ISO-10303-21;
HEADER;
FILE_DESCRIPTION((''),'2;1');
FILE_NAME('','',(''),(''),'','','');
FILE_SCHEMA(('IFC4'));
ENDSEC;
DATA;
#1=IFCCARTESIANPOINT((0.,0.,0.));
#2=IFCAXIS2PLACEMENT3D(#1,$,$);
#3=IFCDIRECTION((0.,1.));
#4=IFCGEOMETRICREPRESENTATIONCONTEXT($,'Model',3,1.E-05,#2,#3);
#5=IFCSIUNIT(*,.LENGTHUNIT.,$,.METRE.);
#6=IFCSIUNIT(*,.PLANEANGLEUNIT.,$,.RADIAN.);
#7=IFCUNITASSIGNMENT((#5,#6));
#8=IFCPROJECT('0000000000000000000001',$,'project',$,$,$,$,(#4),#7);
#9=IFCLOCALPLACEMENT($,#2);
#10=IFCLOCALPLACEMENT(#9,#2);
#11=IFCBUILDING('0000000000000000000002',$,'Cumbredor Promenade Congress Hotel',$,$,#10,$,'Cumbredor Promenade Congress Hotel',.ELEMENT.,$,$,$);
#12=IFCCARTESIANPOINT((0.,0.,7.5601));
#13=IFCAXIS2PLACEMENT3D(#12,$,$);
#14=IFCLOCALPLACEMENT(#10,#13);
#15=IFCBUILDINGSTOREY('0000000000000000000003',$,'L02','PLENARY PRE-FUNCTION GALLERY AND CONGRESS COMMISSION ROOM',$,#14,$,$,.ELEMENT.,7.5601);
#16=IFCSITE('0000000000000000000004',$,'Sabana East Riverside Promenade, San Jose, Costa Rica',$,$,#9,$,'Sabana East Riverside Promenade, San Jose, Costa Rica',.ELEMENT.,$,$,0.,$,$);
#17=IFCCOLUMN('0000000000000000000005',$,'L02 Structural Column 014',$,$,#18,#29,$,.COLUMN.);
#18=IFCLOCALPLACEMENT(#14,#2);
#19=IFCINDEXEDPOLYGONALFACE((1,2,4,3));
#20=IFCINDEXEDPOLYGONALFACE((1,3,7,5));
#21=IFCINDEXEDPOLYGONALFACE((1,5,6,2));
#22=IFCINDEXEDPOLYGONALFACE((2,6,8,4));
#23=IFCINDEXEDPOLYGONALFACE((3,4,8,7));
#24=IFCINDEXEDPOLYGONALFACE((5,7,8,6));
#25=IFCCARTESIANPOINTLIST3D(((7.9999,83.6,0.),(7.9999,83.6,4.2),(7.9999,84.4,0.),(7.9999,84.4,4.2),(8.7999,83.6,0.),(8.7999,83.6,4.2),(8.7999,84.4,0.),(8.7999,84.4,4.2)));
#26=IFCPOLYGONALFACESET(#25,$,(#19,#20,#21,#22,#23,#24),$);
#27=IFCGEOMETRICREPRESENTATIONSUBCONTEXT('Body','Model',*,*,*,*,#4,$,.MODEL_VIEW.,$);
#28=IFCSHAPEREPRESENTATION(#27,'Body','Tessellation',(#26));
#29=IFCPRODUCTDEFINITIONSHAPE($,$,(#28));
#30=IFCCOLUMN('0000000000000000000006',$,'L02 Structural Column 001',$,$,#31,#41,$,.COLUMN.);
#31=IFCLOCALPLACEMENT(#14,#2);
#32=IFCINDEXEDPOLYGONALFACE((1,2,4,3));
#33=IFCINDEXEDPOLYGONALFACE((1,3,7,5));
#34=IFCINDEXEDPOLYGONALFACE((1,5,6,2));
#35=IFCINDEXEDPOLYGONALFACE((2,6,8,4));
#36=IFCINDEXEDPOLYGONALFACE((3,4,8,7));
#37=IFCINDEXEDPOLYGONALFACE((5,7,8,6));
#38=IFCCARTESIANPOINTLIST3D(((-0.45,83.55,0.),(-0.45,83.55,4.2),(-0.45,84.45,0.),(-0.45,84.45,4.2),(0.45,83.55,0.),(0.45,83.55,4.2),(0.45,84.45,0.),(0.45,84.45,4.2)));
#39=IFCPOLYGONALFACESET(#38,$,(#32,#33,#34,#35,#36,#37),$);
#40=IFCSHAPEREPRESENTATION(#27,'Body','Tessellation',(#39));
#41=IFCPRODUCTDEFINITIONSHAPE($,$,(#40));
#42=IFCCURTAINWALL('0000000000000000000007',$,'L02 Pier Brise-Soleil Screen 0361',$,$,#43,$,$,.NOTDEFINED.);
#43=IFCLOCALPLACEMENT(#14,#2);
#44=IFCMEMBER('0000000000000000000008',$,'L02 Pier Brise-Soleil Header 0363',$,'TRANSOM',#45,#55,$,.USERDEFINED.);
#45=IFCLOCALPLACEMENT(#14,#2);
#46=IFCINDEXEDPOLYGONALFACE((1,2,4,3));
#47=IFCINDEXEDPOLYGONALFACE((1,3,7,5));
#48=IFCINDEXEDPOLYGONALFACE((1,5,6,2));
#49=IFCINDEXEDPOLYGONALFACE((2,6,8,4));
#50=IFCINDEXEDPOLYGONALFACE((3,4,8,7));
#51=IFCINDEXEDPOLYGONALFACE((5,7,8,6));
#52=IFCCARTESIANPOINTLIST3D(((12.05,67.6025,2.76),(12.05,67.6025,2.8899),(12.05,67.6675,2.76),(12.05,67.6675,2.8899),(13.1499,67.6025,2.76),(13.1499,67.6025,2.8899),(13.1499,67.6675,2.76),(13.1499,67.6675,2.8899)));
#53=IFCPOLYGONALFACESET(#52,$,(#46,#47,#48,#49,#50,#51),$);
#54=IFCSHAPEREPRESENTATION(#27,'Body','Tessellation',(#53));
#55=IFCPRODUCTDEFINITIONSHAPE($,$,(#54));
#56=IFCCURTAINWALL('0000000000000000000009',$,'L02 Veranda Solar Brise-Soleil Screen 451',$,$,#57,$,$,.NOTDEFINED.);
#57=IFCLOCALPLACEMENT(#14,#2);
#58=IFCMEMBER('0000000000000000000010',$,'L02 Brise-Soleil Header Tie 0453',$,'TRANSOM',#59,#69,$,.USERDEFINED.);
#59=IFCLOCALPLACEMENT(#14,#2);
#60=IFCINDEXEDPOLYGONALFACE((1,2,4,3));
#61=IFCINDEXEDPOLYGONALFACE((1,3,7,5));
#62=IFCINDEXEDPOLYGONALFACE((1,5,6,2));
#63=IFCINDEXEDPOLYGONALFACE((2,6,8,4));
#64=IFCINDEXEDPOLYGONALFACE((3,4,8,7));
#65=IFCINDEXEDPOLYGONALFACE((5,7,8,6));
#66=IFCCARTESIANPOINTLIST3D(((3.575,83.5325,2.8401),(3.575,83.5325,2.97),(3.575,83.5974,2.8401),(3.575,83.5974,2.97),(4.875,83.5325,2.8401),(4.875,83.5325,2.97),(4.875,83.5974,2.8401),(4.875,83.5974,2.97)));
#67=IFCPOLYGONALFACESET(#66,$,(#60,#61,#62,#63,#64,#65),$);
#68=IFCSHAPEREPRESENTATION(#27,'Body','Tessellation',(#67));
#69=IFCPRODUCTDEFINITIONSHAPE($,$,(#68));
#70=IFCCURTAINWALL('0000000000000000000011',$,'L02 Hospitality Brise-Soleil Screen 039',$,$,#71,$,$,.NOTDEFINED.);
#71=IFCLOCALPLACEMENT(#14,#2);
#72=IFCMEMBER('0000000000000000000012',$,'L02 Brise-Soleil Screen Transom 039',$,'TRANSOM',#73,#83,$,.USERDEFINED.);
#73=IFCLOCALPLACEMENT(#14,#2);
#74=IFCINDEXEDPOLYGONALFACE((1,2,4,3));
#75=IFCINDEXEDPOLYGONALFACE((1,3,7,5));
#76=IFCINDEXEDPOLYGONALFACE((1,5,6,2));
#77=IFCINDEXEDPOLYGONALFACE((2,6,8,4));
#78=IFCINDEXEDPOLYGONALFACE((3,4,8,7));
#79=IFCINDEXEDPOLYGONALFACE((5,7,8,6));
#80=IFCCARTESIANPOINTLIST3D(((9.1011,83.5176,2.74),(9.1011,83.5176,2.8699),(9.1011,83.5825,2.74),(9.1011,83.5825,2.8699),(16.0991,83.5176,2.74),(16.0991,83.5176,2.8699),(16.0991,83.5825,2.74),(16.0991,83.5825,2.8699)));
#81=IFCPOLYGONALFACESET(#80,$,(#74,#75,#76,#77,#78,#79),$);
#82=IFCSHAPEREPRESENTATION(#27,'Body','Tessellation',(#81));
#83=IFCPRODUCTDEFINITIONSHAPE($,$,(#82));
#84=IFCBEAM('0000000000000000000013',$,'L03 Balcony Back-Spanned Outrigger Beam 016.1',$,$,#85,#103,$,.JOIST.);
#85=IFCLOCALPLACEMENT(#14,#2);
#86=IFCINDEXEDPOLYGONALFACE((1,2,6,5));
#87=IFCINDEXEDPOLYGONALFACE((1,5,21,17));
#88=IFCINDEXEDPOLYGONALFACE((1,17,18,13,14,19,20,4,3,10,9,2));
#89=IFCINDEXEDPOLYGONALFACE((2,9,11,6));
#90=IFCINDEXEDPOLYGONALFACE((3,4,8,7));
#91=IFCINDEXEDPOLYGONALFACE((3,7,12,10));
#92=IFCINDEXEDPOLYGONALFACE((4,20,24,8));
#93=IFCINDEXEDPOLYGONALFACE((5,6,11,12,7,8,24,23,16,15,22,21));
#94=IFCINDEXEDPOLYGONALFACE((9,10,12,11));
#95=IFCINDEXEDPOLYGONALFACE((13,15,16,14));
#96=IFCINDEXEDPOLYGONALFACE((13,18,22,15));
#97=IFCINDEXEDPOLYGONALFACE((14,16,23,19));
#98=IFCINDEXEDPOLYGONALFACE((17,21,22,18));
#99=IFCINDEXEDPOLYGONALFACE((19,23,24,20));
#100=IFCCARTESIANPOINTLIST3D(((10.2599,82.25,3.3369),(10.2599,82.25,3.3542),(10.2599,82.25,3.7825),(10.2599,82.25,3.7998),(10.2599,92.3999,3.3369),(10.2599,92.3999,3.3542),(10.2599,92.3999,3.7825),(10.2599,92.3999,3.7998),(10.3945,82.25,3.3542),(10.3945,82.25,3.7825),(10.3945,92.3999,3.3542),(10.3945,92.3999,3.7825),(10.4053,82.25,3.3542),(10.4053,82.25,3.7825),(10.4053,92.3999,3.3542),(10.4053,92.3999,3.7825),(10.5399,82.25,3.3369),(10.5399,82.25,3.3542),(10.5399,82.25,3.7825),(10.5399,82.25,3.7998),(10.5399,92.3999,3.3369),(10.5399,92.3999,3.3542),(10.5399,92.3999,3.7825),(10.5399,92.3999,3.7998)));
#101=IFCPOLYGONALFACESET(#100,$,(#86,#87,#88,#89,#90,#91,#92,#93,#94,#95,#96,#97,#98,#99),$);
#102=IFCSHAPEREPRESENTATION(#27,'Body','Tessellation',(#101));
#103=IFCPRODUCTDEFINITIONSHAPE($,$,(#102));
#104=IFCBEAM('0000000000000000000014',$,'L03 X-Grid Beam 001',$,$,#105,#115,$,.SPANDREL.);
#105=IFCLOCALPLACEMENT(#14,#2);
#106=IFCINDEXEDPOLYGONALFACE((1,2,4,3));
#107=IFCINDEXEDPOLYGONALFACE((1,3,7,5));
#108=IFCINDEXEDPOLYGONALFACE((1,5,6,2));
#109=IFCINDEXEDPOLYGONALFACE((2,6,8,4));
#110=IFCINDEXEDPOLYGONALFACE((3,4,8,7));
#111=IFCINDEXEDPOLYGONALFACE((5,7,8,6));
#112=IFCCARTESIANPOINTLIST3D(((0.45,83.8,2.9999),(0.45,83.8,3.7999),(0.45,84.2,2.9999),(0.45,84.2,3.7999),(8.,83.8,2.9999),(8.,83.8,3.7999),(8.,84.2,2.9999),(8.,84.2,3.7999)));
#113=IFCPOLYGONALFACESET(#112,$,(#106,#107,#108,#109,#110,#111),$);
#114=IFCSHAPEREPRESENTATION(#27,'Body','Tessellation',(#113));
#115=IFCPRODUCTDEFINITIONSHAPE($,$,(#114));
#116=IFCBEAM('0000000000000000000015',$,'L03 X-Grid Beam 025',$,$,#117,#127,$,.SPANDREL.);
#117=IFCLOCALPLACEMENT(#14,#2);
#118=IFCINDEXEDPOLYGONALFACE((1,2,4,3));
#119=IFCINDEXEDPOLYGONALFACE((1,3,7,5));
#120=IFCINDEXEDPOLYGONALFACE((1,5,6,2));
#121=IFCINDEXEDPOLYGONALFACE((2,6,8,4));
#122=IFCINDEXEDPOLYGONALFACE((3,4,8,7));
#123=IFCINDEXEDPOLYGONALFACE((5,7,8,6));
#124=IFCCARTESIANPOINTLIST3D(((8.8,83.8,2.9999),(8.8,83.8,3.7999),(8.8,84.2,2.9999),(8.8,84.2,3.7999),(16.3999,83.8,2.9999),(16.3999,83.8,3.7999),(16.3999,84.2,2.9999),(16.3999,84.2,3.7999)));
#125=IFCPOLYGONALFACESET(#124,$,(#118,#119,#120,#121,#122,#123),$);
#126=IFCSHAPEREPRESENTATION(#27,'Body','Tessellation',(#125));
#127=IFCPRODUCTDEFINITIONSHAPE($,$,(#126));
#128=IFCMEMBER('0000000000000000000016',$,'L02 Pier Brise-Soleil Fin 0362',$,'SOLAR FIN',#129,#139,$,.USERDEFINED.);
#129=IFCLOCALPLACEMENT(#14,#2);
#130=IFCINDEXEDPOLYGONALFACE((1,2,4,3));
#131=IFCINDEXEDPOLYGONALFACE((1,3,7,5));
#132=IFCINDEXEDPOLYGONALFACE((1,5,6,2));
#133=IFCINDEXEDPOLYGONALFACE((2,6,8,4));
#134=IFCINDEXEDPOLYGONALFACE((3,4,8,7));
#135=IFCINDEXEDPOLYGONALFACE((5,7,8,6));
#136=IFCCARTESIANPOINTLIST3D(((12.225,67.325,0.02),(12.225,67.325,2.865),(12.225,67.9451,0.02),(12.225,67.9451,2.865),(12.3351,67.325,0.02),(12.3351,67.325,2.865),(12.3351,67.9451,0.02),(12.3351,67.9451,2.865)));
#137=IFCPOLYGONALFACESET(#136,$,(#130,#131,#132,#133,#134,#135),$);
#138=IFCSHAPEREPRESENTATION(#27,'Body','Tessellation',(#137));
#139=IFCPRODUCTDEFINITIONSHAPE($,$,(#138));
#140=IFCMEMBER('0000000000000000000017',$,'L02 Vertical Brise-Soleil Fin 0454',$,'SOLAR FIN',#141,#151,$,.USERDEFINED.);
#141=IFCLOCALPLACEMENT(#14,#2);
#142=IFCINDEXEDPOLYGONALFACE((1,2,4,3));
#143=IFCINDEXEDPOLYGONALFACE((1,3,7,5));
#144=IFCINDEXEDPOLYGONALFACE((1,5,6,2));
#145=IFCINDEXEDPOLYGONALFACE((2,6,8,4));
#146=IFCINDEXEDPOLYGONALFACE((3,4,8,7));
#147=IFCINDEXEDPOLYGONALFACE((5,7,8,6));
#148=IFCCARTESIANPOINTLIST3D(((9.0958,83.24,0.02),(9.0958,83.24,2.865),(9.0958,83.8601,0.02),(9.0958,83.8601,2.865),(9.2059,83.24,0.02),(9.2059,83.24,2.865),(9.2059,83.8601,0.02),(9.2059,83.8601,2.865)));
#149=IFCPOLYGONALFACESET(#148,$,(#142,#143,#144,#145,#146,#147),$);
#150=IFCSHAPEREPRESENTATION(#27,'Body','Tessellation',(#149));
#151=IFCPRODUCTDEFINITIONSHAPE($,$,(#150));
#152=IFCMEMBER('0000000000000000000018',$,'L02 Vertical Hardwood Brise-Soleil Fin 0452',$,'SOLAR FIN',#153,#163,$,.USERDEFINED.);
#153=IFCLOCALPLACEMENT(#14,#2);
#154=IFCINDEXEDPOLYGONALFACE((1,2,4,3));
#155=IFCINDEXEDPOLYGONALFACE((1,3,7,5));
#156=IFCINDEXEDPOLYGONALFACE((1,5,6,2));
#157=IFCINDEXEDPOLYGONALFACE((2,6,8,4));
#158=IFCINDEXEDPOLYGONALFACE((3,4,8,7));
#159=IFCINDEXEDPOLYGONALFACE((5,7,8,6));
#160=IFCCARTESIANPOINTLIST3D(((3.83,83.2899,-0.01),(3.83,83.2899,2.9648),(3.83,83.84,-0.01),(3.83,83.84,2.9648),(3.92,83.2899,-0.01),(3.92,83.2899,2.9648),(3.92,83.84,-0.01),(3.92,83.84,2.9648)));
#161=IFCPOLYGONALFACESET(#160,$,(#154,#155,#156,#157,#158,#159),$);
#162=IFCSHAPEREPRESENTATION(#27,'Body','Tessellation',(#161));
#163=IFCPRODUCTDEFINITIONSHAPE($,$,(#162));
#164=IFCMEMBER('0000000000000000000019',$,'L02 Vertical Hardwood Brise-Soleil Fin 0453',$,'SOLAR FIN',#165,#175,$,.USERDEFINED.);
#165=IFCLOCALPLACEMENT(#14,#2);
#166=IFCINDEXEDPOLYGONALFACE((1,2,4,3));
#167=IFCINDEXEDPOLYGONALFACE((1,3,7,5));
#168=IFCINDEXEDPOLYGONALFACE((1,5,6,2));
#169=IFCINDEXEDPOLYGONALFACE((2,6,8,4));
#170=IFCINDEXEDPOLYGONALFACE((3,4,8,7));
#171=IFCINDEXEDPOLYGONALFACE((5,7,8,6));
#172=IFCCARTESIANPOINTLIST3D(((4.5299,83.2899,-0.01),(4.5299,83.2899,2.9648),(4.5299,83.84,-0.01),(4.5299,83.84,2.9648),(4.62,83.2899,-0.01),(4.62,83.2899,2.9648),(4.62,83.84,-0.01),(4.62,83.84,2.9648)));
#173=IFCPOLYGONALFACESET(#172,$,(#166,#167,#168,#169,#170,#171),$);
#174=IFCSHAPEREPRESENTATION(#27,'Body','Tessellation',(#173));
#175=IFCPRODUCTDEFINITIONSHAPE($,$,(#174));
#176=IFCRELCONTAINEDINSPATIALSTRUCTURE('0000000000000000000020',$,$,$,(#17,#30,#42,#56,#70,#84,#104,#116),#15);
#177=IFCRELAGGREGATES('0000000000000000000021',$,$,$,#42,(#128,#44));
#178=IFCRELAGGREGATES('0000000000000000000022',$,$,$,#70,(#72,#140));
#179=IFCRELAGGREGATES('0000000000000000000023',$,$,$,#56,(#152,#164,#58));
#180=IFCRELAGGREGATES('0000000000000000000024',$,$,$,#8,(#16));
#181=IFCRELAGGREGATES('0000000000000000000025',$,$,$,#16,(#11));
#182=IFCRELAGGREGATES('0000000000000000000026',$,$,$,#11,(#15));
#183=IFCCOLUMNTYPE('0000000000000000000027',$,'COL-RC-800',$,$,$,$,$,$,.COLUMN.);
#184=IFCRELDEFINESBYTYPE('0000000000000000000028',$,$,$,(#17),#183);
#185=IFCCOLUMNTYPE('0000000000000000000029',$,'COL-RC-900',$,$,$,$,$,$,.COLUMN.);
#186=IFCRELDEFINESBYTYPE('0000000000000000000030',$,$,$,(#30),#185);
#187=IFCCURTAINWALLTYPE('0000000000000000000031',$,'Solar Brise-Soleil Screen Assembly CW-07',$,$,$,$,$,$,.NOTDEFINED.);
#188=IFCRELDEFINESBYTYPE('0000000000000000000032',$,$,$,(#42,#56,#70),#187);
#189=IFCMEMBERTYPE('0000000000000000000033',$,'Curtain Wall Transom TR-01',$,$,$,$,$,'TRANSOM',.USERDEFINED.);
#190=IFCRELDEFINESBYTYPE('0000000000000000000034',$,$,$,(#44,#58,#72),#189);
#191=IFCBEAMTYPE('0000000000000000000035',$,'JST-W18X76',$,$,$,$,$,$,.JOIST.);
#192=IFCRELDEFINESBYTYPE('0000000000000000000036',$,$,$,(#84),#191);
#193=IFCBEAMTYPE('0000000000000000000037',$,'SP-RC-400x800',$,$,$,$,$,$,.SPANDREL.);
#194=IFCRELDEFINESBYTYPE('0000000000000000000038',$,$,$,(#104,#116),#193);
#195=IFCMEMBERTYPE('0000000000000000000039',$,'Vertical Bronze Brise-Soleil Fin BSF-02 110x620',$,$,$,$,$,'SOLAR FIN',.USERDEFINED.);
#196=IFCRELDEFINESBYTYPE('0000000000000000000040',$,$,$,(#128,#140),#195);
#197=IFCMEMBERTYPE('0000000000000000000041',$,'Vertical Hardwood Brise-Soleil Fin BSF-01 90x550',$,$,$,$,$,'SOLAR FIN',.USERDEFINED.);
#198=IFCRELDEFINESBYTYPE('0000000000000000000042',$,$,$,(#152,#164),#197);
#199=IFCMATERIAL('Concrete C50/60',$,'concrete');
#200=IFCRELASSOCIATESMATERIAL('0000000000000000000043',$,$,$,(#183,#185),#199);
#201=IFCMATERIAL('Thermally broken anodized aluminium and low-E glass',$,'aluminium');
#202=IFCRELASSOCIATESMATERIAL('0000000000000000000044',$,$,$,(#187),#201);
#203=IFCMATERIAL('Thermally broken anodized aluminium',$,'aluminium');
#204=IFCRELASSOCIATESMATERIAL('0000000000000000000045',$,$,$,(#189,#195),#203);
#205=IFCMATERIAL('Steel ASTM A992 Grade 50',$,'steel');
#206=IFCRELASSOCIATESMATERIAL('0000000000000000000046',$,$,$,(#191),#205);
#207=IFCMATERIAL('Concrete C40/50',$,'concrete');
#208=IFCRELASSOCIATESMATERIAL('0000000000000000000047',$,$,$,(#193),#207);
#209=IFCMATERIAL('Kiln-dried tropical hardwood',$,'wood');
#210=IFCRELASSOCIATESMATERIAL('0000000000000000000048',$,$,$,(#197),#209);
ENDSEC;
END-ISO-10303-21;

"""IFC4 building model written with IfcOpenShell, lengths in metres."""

from ifc_helpers import new_model, si_unit, direction, frame, origin, origin_2d, place, context, subcontext, project, spatial, rectangle, i_section, extrude, material, material_profile, profile_set, type_object, element, aggregate, save


model = new_model("IFC4")

# Units and contexts
model_context = context("Model", 3, precision=1e-05, world=origin(), true_north=direction((0.0, 1.0)))
body_context = subcontext(model_context, "Body", "Model", "MODEL_VIEW")
ifc_project = project(units=[si_unit("LENGTHUNIT", "METRE"), si_unit("PLANEANGLEUNIT", "RADIAN")], contexts=[model_context])

# Site, building, storey
site_placement = place(None, origin())
site = spatial("IfcSite", under=ifc_project, at=site_placement, Name="Sabana East Riverside Promenade, San Jose, Costa Rica", LongName="Sabana East Riverside Promenade, San Jose, Costa Rica", CompositionType="ELEMENT", RefElevation=0.0)
building_placement = place(site_placement, origin())
building = spatial("IfcBuilding", under=site, at=building_placement, Name="Cumbredor Promenade Congress Hotel", LongName="Cumbredor Promenade Congress Hotel", CompositionType="ELEMENT")
storey_placement = place(building_placement, frame((0.0, 0.0, 7.5601)))
storey = spatial("IfcBuildingStorey", under=building, at=storey_placement, Name="L02", Description="PLENARY PRE-FUNCTION GALLERY AND CONGRESS COMMISSION ROOM", CompositionType="ELEMENT", Elevation=7.5601)

# Columns
ifc_material_1 = material(Name="Concrete C50/60", Category="concrete")
ifc_material_profile_1 = material_profile(ifc_material_1, rectangle(XDim=0.8, YDim=0.8, at=origin_2d()), Name="RC 800x800")
ifc_profile_set_1 = profile_set([ifc_material_profile_1], Name="Concrete C50/60")
column_type_1 = type_object("IfcColumnType", Name="COL-RC-800", PredefinedType="COLUMN", material=ifc_profile_set_1)
column_1_placement = place(storey_placement, frame((8.3999, 84.0, 0.0), z_axis=(0.0, 0.0, 1.0), x_axis=(1.0, 0.0, 0.0)))
element("IfcColumn", 1, at=column_1_placement, inside=storey, type_object=column_type_1, Name="L02 Structural Column 014", PredefinedType="COLUMN", context=body_context, shape_type="SweptSolid", body=[
    extrude(rectangle(XDim=0.8, YDim=0.8, at=origin_2d()), origin(), (0.0, 0.0, 1.0), 4.2),
])
ifc_material_profile_2 = material_profile(ifc_material_1, rectangle(XDim=0.8999, YDim=0.8999, at=origin_2d()), Name="RC 900x900")
ifc_profile_set_2 = profile_set([ifc_material_profile_2], Name="Concrete C50/60")
column_type_2 = type_object("IfcColumnType", Name="COL-RC-900", PredefinedType="COLUMN", material=ifc_profile_set_2)
column_2_placement = place(storey_placement, frame((0.0, 84.0, 0.0), z_axis=(0.0, 0.0, 1.0), x_axis=(1.0, 0.0, 0.0)))
element("IfcColumn", 2, at=column_2_placement, inside=storey, type_object=column_type_2, Name="L02 Structural Column 001", PredefinedType="COLUMN", context=body_context, shape_type="SweptSolid", body=[
    extrude(rectangle(XDim=0.8999, YDim=0.8999, at=origin_2d()), origin(), (0.0, 0.0, 1.0), 4.2),
])

# Curtain walls, members
ifc_material_2 = material(Name="Thermally broken anodized aluminium and low-E glass", Category="aluminium")
curtain_wall_type = type_object("IfcCurtainWallType", Name="Solar Brise-Soleil Screen Assembly CW-07", PredefinedType="NOTDEFINED", material=ifc_material_2)
curtain_wall_1_placement = place(storey_placement, origin())
curtain_wall_1 = element("IfcCurtainWall", 3, at=curtain_wall_1_placement, inside=storey, type_object=curtain_wall_type, Name="L02 Pier Brise-Soleil Screen 0361", PredefinedType="NOTDEFINED")
ifc_material_3 = material(Name="Thermally broken anodized aluminium", Category="aluminium")
ifc_material_profile_3 = material_profile(ifc_material_3, rectangle(XDim=0.0649, YDim=0.1299, at=origin_2d()), Name="ALU TRANSOM 65x130")
ifc_profile_set_3 = profile_set([ifc_material_profile_3], Name="Thermally broken anodized aluminium")
member_type_1 = type_object("IfcMemberType", Name="Curtain Wall Transom TR-01", ElementType="TRANSOM", PredefinedType="USERDEFINED", material=ifc_profile_set_3)
member_1_placement = place(storey_placement, frame((12.05, 67.635, 2.825), z_axis=(1.0, 0.0, 0.0), x_axis=(0.0, 1.0, 0.0)))
member_1 = element("IfcMember", 4, at=member_1_placement, type_object=member_type_1, Name="L02 Pier Brise-Soleil Header 0363", ObjectType="TRANSOM", PredefinedType="USERDEFINED", context=body_context, shape_type="SweptSolid", body=[
    extrude(rectangle(XDim=0.0649, YDim=0.1299, at=origin_2d()), origin(), (0.0, 0.0, 1.0), 1.0999),
])
curtain_wall_2_placement = place(storey_placement, origin())
curtain_wall_2 = element("IfcCurtainWall", 5, at=curtain_wall_2_placement, inside=storey, type_object=curtain_wall_type, Name="L02 Veranda Solar Brise-Soleil Screen 451", PredefinedType="NOTDEFINED")
member_2_placement = place(storey_placement, frame((3.575, 83.5649, 2.905), z_axis=(1.0, 0.0, 0.0), x_axis=(0.0, 1.0, 0.0)))
member_2 = element("IfcMember", 6, at=member_2_placement, type_object=member_type_1, Name="L02 Brise-Soleil Header Tie 0453", ObjectType="TRANSOM", PredefinedType="USERDEFINED", context=body_context, shape_type="SweptSolid", body=[
    extrude(rectangle(XDim=0.0649, YDim=0.1299, at=origin_2d()), origin(), (0.0, 0.0, 1.0), 1.3),
])
curtain_wall_3_placement = place(storey_placement, origin())
curtain_wall_3 = element("IfcCurtainWall", 7, at=curtain_wall_3_placement, inside=storey, type_object=curtain_wall_type, Name="L02 Hospitality Brise-Soleil Screen 039", PredefinedType="NOTDEFINED")
member_3_placement = place(storey_placement, frame((9.1011, 83.55, 2.8049), z_axis=(1.0, 0.0, 0.0), x_axis=(0.0, 1.0, 0.0)))
member_3 = element("IfcMember", 8, at=member_3_placement, type_object=member_type_1, Name="L02 Brise-Soleil Screen Transom 039", ObjectType="TRANSOM", PredefinedType="USERDEFINED", context=body_context, shape_type="SweptSolid", body=[
    extrude(rectangle(XDim=0.0649, YDim=0.1299, at=origin_2d()), origin(), (0.0, 0.0, 1.0), 6.998),
])

# Beams
ifc_material_4 = material(Name="Steel ASTM A992 Grade 50", Category="steel")
ifc_material_profile_4 = material_profile(ifc_material_4, i_section(OverallWidth=0.28, OverallDepth=0.4629, WebThickness=0.0107, FlangeThickness=0.0173, at=origin_2d()), Name="W18X76")
ifc_profile_set_4 = profile_set([ifc_material_profile_4], Name="Steel ASTM A992 Grade 50")
beam_type_1 = type_object("IfcBeamType", Name="JST-W18X76", PredefinedType="JOIST", material=ifc_profile_set_4)
beam_1_placement = place(storey_placement, frame((10.3999, 82.25, 3.5684), z_axis=(0.0, 1.0, 0.0), x_axis=(-1.0, 0.0, 0.0)))
element("IfcBeam", 9, at=beam_1_placement, inside=storey, type_object=beam_type_1, Name="L03 Balcony Back-Spanned Outrigger Beam 016.1", PredefinedType="JOIST", context=body_context, shape_type="SweptSolid", body=[
    extrude(i_section(OverallWidth=0.28, OverallDepth=0.4629, WebThickness=0.0107, FlangeThickness=0.0173, at=origin_2d()), origin(), (0.0, 0.0, 1.0), 10.1499),
])
ifc_material_5 = material(Name="Concrete C40/50", Category="concrete")
ifc_material_profile_5 = material_profile(ifc_material_5, rectangle(XDim=0.3999, YDim=0.8, at=origin_2d()), Name="RC SPANDREL 400x800")
ifc_profile_set_5 = profile_set([ifc_material_profile_5], Name="Concrete C40/50")
beam_type_2 = type_object("IfcBeamType", Name="SP-RC-400x800", PredefinedType="SPANDREL", material=ifc_profile_set_5)
beam_2_placement = place(storey_placement, frame((0.45, 84.0, 3.3999), z_axis=(1.0, 0.0, 0.0), x_axis=(0.0, 1.0, 0.0)))
element("IfcBeam", 10, at=beam_2_placement, inside=storey, type_object=beam_type_2, Name="L03 X-Grid Beam 001", PredefinedType="SPANDREL", context=body_context, shape_type="SweptSolid", body=[
    extrude(rectangle(XDim=0.3999, YDim=0.8, at=origin_2d()), origin(), (0.0, 0.0, 1.0), 7.55),
])
beam_3_placement = place(storey_placement, frame((8.8, 84.0, 3.3999), z_axis=(1.0, 0.0, 0.0), x_axis=(0.0, 1.0, 0.0)))
element("IfcBeam", 11, at=beam_3_placement, inside=storey, type_object=beam_type_2, Name="L03 X-Grid Beam 025", PredefinedType="SPANDREL", context=body_context, shape_type="SweptSolid", body=[
    extrude(rectangle(XDim=0.3999, YDim=0.8, at=origin_2d()), origin(), (0.0, 0.0, 1.0), 7.5999),
])

# Members
ifc_material_profile_6 = material_profile(ifc_material_3, rectangle(XDim=0.1101, YDim=0.6201, at=origin_2d()), Name="ARCH FIN 110x620")
ifc_profile_set_6 = profile_set([ifc_material_profile_6], Name="Thermally broken anodized aluminium")
member_type_2 = type_object("IfcMemberType", Name="Vertical Bronze Brise-Soleil Fin BSF-02 110x620", ElementType="SOLAR FIN", PredefinedType="USERDEFINED", material=ifc_profile_set_6)
member_4_placement = place(storey_placement, frame((12.28, 67.635, 0.02), z_axis=(0.0, 0.0, 1.0), x_axis=(1.0, 0.0, 0.0)))
member_4 = element("IfcMember", 12, at=member_4_placement, type_object=member_type_2, Name="L02 Pier Brise-Soleil Fin 0362", ObjectType="SOLAR FIN", PredefinedType="USERDEFINED", context=body_context, shape_type="SweptSolid", body=[
    extrude(rectangle(XDim=0.1101, YDim=0.6201, at=origin_2d()), origin(), (0.0, 0.0, 1.0), 2.845),
])
aggregate(curtain_wall_1, [member_4, member_1])
member_5_placement = place(storey_placement, frame((9.1509, 83.55, 0.02), z_axis=(0.0, 0.0, 1.0), x_axis=(1.0, 0.0, 0.0)))
member_5 = element("IfcMember", 13, at=member_5_placement, type_object=member_type_2, Name="L02 Vertical Brise-Soleil Fin 0454", ObjectType="SOLAR FIN", PredefinedType="USERDEFINED", context=body_context, shape_type="SweptSolid", body=[
    extrude(rectangle(XDim=0.1101, YDim=0.6201, at=origin_2d()), origin(), (0.0, 0.0, 1.0), 2.845),
])
aggregate(curtain_wall_3, [member_3, member_5])
ifc_material_6 = material(Name="Kiln-dried tropical hardwood", Category="wood")
ifc_material_profile_7 = material_profile(ifc_material_6, rectangle(XDim=0.0901, YDim=0.55, at=origin_2d()), Name="ARCH FIN 90x550")
ifc_profile_set_7 = profile_set([ifc_material_profile_7], Name="Kiln-dried tropical hardwood")
member_type_3 = type_object("IfcMemberType", Name="Vertical Hardwood Brise-Soleil Fin BSF-01 90x550", ElementType="SOLAR FIN", PredefinedType="USERDEFINED", material=ifc_profile_set_7)
member_6_placement = place(storey_placement, frame((3.875, 83.5649, -0.01), z_axis=(0.0, 0.0, 1.0), x_axis=(1.0, 0.0, 0.0)))
member_6 = element("IfcMember", 14, at=member_6_placement, type_object=member_type_3, Name="L02 Vertical Hardwood Brise-Soleil Fin 0452", ObjectType="SOLAR FIN", PredefinedType="USERDEFINED", context=body_context, shape_type="SweptSolid", body=[
    extrude(rectangle(XDim=0.0901, YDim=0.55, at=origin_2d()), origin(), (0.0, 0.0, 1.0), 2.9749),
])
member_7_placement = place(storey_placement, frame((4.575, 83.5649, -0.01), z_axis=(0.0, 0.0, 1.0), x_axis=(1.0, 0.0, 0.0)))
member_7 = element("IfcMember", 15, at=member_7_placement, type_object=member_type_3, Name="L02 Vertical Hardwood Brise-Soleil Fin 0453", ObjectType="SOLAR FIN", PredefinedType="USERDEFINED", context=body_context, shape_type="SweptSolid", body=[
    extrude(rectangle(XDim=0.0901, YDim=0.55, at=origin_2d()), origin(), (0.0, 0.0, 1.0), 2.9749),
])
aggregate(curtain_wall_2, [member_6, member_7, member_2])

save(model, "model.ifc")
